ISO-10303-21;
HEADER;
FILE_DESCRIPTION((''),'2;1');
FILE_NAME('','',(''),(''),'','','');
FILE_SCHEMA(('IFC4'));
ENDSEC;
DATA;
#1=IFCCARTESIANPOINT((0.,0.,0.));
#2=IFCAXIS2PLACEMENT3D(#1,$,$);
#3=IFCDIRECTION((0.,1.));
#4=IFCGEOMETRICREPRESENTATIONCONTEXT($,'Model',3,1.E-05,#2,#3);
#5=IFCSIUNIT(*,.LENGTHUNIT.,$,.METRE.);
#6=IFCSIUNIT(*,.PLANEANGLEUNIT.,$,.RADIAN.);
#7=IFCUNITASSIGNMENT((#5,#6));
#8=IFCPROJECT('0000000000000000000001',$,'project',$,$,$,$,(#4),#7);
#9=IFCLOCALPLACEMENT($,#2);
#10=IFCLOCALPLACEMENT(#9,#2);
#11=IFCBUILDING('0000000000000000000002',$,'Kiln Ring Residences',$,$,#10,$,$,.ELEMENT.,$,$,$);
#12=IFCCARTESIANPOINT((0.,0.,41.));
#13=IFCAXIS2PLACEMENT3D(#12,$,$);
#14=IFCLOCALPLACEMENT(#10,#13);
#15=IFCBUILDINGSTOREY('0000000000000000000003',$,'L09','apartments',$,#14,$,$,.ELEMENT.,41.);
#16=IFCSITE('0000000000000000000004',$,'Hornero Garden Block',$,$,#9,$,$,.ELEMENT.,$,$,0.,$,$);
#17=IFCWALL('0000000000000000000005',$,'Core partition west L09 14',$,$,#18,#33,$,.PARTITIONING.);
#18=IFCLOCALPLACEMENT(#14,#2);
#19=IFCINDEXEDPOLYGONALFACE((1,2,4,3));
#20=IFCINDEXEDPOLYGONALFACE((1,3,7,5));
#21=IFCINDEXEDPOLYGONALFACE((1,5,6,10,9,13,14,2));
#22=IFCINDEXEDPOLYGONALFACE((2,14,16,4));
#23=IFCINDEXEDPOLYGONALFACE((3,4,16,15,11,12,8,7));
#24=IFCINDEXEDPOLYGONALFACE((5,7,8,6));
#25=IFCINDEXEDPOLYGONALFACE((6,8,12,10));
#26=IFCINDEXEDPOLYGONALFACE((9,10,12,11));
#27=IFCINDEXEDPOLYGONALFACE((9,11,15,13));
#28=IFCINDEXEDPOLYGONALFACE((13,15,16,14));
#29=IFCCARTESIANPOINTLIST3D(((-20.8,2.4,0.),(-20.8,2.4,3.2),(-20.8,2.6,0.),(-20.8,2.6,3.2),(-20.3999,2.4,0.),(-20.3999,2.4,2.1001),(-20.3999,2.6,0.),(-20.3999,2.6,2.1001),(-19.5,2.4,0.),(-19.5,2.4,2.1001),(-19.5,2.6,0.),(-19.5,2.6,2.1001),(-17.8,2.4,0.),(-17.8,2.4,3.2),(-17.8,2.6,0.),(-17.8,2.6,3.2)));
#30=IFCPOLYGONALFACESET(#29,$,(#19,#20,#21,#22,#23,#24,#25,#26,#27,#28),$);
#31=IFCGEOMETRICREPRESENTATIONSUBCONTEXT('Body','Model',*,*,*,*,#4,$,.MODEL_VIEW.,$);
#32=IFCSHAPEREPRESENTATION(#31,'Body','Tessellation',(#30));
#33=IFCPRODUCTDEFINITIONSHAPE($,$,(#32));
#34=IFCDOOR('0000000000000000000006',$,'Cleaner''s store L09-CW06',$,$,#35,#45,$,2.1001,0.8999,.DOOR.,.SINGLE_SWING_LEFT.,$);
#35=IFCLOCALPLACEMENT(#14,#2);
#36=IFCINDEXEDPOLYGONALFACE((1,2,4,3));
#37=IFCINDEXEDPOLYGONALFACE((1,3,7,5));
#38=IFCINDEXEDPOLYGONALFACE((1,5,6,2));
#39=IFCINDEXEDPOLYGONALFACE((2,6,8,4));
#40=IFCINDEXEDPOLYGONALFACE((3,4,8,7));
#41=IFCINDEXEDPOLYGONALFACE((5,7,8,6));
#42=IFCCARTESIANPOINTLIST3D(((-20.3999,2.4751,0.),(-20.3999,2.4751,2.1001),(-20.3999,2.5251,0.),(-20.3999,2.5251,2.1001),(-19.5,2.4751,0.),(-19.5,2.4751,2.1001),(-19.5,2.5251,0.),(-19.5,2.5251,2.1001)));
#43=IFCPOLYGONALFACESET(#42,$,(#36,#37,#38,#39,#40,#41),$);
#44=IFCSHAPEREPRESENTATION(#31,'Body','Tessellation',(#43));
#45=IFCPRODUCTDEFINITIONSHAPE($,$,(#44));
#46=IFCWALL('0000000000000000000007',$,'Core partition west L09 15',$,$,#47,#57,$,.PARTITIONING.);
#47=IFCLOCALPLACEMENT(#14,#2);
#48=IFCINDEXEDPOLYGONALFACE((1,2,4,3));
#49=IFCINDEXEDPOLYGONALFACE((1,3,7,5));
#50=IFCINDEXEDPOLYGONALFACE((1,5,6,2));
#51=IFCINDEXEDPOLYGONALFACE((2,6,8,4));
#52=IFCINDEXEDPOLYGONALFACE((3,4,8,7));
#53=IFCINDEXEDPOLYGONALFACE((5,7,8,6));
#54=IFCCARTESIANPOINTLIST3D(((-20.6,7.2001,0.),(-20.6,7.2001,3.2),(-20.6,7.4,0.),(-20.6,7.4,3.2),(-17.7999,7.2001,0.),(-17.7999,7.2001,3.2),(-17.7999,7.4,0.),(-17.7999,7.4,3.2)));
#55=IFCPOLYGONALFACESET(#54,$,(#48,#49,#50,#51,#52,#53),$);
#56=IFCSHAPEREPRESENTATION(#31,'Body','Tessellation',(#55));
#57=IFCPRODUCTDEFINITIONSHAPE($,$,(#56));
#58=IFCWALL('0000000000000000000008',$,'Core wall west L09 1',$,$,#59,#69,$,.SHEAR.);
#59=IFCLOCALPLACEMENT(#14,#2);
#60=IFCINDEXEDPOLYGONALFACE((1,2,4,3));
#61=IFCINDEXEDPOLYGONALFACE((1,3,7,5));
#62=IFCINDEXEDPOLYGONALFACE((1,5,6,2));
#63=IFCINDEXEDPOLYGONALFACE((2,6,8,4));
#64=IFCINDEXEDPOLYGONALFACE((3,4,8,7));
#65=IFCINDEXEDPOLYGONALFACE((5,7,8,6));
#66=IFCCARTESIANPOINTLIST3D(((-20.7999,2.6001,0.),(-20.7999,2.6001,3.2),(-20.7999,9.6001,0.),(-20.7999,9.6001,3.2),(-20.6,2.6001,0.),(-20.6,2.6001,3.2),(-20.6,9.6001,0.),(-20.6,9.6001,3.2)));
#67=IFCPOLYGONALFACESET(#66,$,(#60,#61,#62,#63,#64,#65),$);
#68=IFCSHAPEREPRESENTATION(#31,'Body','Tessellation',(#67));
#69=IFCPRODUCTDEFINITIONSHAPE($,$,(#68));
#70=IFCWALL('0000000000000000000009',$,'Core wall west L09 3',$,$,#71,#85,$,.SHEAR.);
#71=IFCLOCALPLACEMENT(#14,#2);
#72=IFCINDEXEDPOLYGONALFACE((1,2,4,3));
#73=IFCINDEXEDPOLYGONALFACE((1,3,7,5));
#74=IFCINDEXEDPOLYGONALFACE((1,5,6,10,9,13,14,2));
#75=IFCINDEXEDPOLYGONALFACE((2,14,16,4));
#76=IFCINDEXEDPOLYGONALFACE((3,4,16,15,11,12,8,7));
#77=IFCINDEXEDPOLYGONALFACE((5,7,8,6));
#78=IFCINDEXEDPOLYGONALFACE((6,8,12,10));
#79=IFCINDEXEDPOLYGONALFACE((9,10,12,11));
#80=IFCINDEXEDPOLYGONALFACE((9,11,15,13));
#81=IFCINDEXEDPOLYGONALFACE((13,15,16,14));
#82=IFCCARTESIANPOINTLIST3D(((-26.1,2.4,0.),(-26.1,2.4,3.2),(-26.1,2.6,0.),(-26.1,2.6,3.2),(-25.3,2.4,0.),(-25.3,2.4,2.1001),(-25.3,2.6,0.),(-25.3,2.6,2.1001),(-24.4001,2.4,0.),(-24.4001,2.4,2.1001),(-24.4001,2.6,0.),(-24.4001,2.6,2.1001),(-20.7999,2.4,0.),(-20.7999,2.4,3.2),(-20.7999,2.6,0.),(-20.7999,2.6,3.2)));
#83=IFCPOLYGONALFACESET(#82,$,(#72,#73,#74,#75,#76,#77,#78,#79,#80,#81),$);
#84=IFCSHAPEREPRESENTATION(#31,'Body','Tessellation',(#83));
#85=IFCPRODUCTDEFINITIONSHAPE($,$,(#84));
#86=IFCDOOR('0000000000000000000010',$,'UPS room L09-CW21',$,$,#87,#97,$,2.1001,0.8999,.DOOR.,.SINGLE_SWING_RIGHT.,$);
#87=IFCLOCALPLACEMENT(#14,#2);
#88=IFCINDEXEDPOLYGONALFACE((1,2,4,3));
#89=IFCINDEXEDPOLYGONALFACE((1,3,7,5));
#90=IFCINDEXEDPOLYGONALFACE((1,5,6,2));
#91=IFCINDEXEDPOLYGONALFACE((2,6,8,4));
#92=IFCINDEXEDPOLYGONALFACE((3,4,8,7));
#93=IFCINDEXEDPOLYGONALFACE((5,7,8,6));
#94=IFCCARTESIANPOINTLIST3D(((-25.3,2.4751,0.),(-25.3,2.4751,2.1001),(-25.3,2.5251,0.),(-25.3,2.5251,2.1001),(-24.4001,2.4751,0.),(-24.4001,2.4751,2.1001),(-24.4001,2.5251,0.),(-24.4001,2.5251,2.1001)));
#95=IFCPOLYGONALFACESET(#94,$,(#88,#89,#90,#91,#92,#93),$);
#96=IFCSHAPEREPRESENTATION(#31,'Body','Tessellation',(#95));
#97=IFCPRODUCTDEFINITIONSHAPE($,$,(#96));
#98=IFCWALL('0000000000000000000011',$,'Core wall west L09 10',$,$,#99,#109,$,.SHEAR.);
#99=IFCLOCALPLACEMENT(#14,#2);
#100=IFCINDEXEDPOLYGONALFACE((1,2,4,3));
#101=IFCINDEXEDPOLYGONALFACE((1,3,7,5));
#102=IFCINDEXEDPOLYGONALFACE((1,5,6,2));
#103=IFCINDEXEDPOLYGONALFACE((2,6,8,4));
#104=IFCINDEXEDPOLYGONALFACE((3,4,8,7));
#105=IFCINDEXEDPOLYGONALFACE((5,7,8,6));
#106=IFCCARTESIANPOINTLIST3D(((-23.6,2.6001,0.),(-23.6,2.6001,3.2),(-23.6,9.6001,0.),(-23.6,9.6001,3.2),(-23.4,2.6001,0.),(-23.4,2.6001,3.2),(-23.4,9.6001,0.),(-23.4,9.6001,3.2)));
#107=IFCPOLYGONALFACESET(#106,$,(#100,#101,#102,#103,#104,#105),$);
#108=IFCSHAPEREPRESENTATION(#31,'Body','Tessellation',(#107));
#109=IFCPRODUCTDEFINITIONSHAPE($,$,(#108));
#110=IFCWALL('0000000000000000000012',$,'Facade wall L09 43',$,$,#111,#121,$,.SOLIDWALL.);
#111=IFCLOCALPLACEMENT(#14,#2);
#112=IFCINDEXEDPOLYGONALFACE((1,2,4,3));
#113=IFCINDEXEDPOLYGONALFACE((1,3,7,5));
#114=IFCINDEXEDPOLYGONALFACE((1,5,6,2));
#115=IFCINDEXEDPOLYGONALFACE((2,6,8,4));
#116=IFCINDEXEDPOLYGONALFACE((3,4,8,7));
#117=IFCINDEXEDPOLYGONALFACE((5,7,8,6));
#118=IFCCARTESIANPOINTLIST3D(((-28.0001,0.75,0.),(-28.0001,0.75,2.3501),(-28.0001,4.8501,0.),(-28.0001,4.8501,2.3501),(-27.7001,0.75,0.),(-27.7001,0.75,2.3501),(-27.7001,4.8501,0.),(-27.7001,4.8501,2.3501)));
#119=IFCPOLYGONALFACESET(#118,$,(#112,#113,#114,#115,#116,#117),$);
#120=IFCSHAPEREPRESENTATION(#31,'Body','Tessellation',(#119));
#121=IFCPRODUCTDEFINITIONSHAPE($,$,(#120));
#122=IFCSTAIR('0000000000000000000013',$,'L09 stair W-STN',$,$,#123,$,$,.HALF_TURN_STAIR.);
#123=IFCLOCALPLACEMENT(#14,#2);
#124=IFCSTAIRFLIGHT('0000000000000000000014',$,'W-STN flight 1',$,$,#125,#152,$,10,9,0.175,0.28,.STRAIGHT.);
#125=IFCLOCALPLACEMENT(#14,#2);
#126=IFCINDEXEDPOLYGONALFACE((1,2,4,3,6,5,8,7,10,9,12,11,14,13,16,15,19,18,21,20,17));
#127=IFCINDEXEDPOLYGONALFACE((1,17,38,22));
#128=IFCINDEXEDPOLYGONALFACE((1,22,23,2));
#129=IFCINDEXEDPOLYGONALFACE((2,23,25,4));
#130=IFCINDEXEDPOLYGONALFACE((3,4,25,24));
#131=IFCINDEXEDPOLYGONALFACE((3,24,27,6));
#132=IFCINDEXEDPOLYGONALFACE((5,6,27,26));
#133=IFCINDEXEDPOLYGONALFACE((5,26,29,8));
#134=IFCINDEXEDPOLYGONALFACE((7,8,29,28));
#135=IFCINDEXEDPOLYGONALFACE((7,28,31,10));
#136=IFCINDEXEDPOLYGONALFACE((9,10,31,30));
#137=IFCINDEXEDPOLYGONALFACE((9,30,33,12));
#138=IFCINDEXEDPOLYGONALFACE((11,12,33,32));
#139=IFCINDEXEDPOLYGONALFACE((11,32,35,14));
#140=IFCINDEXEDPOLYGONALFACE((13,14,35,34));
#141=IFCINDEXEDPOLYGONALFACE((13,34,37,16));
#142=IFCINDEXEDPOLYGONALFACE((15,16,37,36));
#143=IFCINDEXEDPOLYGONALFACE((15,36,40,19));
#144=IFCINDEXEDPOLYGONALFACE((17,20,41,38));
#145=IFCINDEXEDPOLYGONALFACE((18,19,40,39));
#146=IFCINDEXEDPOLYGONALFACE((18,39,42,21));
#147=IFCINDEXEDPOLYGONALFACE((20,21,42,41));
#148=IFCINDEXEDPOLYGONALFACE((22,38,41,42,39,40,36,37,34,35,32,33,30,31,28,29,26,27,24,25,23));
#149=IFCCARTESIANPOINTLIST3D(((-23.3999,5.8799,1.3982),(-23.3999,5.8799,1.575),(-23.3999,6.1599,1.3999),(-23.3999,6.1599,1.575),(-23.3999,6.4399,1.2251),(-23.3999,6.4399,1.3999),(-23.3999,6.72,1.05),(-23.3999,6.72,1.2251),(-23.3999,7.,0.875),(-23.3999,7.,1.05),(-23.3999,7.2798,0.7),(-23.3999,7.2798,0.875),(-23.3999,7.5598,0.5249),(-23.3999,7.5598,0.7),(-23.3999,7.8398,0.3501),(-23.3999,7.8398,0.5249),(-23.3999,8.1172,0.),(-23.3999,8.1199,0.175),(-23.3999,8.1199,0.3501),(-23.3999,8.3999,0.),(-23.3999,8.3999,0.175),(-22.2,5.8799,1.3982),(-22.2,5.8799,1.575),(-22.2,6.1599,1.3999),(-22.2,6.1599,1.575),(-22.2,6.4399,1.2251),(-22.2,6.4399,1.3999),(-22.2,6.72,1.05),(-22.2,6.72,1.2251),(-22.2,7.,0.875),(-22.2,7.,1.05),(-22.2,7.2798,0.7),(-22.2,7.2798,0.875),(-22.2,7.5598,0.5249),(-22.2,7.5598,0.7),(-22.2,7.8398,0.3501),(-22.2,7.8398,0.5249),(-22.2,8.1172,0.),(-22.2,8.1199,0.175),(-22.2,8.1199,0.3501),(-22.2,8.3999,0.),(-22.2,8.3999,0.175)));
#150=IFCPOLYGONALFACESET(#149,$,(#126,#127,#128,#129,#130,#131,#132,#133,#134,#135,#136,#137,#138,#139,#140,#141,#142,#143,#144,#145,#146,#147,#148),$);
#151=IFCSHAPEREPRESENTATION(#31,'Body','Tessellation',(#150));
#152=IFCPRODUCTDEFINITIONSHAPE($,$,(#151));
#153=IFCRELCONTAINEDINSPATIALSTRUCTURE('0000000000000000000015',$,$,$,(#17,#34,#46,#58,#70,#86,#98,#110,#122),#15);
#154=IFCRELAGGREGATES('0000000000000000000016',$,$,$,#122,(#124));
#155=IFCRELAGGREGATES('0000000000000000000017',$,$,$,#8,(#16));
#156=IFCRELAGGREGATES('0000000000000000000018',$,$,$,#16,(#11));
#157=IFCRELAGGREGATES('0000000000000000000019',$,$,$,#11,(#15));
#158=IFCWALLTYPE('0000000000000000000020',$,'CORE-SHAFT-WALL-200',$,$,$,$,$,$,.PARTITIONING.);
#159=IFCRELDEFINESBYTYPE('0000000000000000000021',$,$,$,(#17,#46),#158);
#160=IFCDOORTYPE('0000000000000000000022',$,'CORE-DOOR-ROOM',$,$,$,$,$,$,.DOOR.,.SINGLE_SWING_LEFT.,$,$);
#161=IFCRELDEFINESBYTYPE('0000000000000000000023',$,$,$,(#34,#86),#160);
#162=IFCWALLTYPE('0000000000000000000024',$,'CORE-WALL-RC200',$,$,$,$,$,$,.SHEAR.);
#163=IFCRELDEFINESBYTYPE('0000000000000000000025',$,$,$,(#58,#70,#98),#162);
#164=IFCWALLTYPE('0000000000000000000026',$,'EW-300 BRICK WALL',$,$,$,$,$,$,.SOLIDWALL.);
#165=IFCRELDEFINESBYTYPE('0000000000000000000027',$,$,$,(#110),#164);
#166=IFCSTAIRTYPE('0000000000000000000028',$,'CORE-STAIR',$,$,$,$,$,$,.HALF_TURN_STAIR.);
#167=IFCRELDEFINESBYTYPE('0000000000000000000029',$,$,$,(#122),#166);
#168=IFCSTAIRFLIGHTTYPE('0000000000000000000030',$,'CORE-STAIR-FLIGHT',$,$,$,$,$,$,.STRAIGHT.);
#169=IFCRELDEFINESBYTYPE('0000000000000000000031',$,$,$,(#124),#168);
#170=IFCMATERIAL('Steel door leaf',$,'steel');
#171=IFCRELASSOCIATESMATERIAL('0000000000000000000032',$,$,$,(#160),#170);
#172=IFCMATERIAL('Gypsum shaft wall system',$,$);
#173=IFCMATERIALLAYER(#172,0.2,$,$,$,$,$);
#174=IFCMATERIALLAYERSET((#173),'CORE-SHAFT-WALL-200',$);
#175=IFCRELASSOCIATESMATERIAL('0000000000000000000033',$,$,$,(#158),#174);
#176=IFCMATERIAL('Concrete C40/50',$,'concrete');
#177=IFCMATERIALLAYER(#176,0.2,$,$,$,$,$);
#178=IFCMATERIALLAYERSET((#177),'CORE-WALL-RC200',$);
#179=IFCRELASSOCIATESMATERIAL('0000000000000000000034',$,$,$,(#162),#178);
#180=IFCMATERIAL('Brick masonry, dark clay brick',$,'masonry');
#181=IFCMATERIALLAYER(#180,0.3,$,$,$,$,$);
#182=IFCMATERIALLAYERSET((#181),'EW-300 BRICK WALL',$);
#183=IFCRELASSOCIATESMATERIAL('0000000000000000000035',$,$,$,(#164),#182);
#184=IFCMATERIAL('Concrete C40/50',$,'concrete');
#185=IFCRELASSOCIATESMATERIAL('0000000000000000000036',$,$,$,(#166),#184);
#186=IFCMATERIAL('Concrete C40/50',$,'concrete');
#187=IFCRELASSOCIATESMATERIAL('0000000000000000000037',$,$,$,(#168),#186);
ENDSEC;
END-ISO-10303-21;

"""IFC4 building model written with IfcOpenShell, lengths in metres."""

from ifc_helpers import new_model, si_unit, direction, frame, frame_2d, origin, place, context, subcontext, project, spatial, polyline, rectangle, outline, extrude, material, layer, layer_set, type_object, element, fill, aggregate, save


model = new_model("IFC4")

# Units and contexts
model_context = context("Model", 3, precision=1e-05, world=origin(), true_north=direction((0.0, 1.0)))
body_context = subcontext(model_context, "Body", "Model", "MODEL_VIEW")
ifc_project = project(units=[si_unit("LENGTHUNIT", "METRE"), si_unit("PLANEANGLEUNIT", "RADIAN")], contexts=[model_context])

# Site, building, storey
site_placement = place(None, origin())
site = spatial("IfcSite", under=ifc_project, at=site_placement, Name="Hornero Garden Block", CompositionType="ELEMENT", RefElevation=0.0)
building_placement = place(site_placement, origin())
building = spatial("IfcBuilding", under=site, at=building_placement, Name="Kiln Ring Residences", CompositionType="ELEMENT")
storey_placement = place(building_placement, frame((0.0, 0.0, 41.0)))
storey = spatial("IfcBuildingStorey", under=building, at=storey_placement, Name="L09", Description="apartments", CompositionType="ELEMENT", Elevation=41.0)

# Shared definitions
ifc_material_1 = material(Name="Steel door leaf", Category="steel")
door_type = type_object("IfcDoorType", Name="CORE-DOOR-ROOM", OperationType="SINGLE_SWING_LEFT", PredefinedType="DOOR", material=ifc_material_1)

# Shared definitions
ifc_material_2 = material(Name="Gypsum shaft wall system")
ifc_layer_1 = layer(ifc_material_2, 0.2)
ifc_layer_set_1 = layer_set([ifc_layer_1], Name="CORE-SHAFT-WALL-200")
wall_type_1 = type_object("IfcWallType", Name="CORE-SHAFT-WALL-200", PredefinedType="PARTITIONING", material=ifc_layer_set_1)

# Wall, opening, door
wall_1_placement = place(storey_placement, frame((-17.8, 2.5, 0.0), z_axis=(0.0, 0.0, 1.0), x_axis=(-1.0, 0.0, 0.0)))
wall_1 = element("IfcWall", 1, at=wall_1_placement, inside=storey, type_object=wall_type_1, Name="Core partition west L09 14", PredefinedType="PARTITIONING", context=body_context, shape_type="SweptSolid", body=[
    extrude(rectangle(XDim=3.0, YDim=0.2, at=frame_2d((1.5, 0.0))), origin(), (0.0, 0.0, 1.0), 3.2),
])
opening_1_placement = place(wall_1_placement, frame((1.7, 0.0, 0.0)))
opening_1 = element("IfcOpeningElement", 2, at=opening_1_placement, cuts=wall_1, PredefinedType="OPENING", context=body_context, shape_type="SweptSolid", body=[
    extrude(rectangle(XDim=0.8999, YDim=2.1001, at=frame_2d((0.45, 1.05))), frame((0.0, 0.1099, 0.0), z_axis=(0.0, -1.0, 0.0), x_axis=(1.0, 0.0, 0.0)), (0.0, 0.0, 1.0), 0.22),
])
door_1_placement = place(opening_1_placement, origin())
door_1 = element("IfcDoor", 3, at=door_1_placement, inside=storey, type_object=door_type, Name="Cleaner's store L09-CW06", OperationType="SINGLE_SWING_LEFT", OverallHeight=2.1001, OverallWidth=0.8999, PredefinedType="DOOR", context=body_context, shape_type="SweptSolid", body=[
    extrude(rectangle(XDim=0.8999, YDim=2.1001, at=frame_2d((0.45, 1.05))), frame((0.0, 0.0249, 0.0), z_axis=(0.0, -1.0, 0.0), x_axis=(1.0, 0.0, 0.0)), (0.0, 0.0, 1.0), 0.05),
])
fill(opening_1, door_1)

# Walls
wall_2_placement = place(storey_placement, frame((-17.8, 7.3, 0.0), z_axis=(0.0, 0.0, 1.0), x_axis=(-1.0, 0.0, 0.0)))
element("IfcWall", 4, at=wall_2_placement, inside=storey, type_object=wall_type_1, Name="Core partition west L09 15", PredefinedType="PARTITIONING", context=body_context, shape_type="SweptSolid", body=[
    extrude(rectangle(XDim=2.8, YDim=0.2, at=frame_2d((1.3999, 0.0))), origin(), (0.0, 0.0, 1.0), 3.2),
])
ifc_material_3 = material(Name="Concrete C40/50", Category="concrete")
ifc_layer_2 = layer(ifc_material_3, 0.2)
ifc_layer_set_2 = layer_set([ifc_layer_2], Name="CORE-WALL-RC200")
wall_type_2 = type_object("IfcWallType", Name="CORE-WALL-RC200", PredefinedType="SHEAR", material=ifc_layer_set_2)
wall_3_placement = place(storey_placement, frame((-20.7, 2.6001, 0.0), z_axis=(0.0, 0.0, 1.0), x_axis=(0.0, 1.0, 0.0)))
element("IfcWall", 5, at=wall_3_placement, inside=storey, type_object=wall_type_2, Name="Core wall west L09 1", PredefinedType="SHEAR", context=body_context, shape_type="SweptSolid", body=[
    extrude(rectangle(XDim=7.0, YDim=0.2, at=frame_2d((3.5, 0.0))), origin(), (0.0, 0.0, 1.0), 3.2),
])

# Wall, opening, door
wall_4_placement = place(storey_placement, frame((-20.8, 2.5, 0.0), z_axis=(0.0, 0.0, 1.0), x_axis=(-1.0, 0.0, 0.0)))
wall_4 = element("IfcWall", 6, at=wall_4_placement, inside=storey, type_object=wall_type_2, Name="Core wall west L09 3", PredefinedType="SHEAR", context=body_context, shape_type="SweptSolid", body=[
    extrude(rectangle(XDim=5.3, YDim=0.2, at=frame_2d((2.6499, 0.0))), origin(), (0.0, 0.0, 1.0), 3.2),
])
opening_2_placement = place(wall_4_placement, frame((3.6001, 0.0, 0.0)))
opening_2 = element("IfcOpeningElement", 7, at=opening_2_placement, cuts=wall_4, PredefinedType="OPENING", context=body_context, shape_type="SweptSolid", body=[
    extrude(rectangle(XDim=0.8999, YDim=2.1001, at=frame_2d((0.45, 1.05))), frame((0.0, 0.1099, 0.0), z_axis=(0.0, -1.0, 0.0), x_axis=(1.0, 0.0, 0.0)), (0.0, 0.0, 1.0), 0.22),
])
door_2_placement = place(opening_2_placement, origin())
door_2 = element("IfcDoor", 8, at=door_2_placement, inside=storey, type_object=door_type, Name="UPS room L09-CW21", OperationType="SINGLE_SWING_RIGHT", OverallHeight=2.1001, OverallWidth=0.8999, PredefinedType="DOOR", context=body_context, shape_type="SweptSolid", body=[
    extrude(rectangle(XDim=0.8999, YDim=2.1001, at=frame_2d((0.45, 1.05))), frame((0.0, 0.0249, 0.0), z_axis=(0.0, -1.0, 0.0), x_axis=(1.0, 0.0, 0.0)), (0.0, 0.0, 1.0), 0.05),
])
fill(opening_2, door_2)

# Walls
wall_5_placement = place(storey_placement, frame((-23.5, 2.6001, 0.0), z_axis=(0.0, 0.0, 1.0), x_axis=(0.0, 1.0, 0.0)))
element("IfcWall", 9, at=wall_5_placement, inside=storey, type_object=wall_type_2, Name="Core wall west L09 10", PredefinedType="SHEAR", context=body_context, shape_type="SweptSolid", body=[
    extrude(rectangle(XDim=7.0, YDim=0.2, at=frame_2d((3.5, 0.0))), origin(), (0.0, 0.0, 1.0), 3.2),
])
ifc_material_4 = material(Name="Brick masonry, dark clay brick", Category="masonry")
ifc_layer_3 = layer(ifc_material_4, 0.3)
ifc_layer_set_3 = layer_set([ifc_layer_3], Name="EW-300 BRICK WALL")
wall_type_3 = type_object("IfcWallType", Name="EW-300 BRICK WALL", PredefinedType="SOLIDWALL", material=ifc_layer_set_3)
wall_6_placement = place(storey_placement, frame((-27.8501, 4.8501, 0.0), z_axis=(0.0, 0.0, 1.0), x_axis=(0.0, -1.0, 0.0)))
element("IfcWall", 10, at=wall_6_placement, inside=storey, type_object=wall_type_3, Name="Facade wall L09 43", PredefinedType="SOLIDWALL", context=body_context, shape_type="SweptSolid", body=[
    extrude(rectangle(XDim=4.1001, YDim=0.3, at=frame_2d((2.05, 0.0))), origin(), (0.0, 0.0, 1.0), 2.3501),
])

# Stair, stair flight
ifc_material_5 = material(Name="Concrete C40/50", Category="concrete")
stair_type = type_object("IfcStairType", Name="CORE-STAIR", PredefinedType="HALF_TURN_STAIR", material=ifc_material_5)
stair_placement = place(storey_placement, origin())
stair = element("IfcStair", 11, at=stair_placement, inside=storey, type_object=stair_type, Name="L09 stair W-STN", PredefinedType="HALF_TURN_STAIR")
ifc_material_6 = material(Name="Concrete C40/50", Category="concrete")
stair_flight_type = type_object("IfcStairFlightType", Name="CORE-STAIR-FLIGHT", PredefinedType="STRAIGHT", material=ifc_material_6)
stair_flight_1_placement = place(storey_placement, frame((-22.8, 8.3999, 0.0), z_axis=(0.0, 0.0, 1.0), x_axis=(0.0, -1.0, 0.0)))
stair_flight_1 = element("IfcStairFlight", 12, at=stair_flight_1_placement, type_object=stair_flight_type, Name="W-STN flight 1", NumberOfRisers=10, NumberOfTreads=9, PredefinedType="STRAIGHT", RiserHeight=0.175, TreadLength=0.28, context=body_context, shape_type="SweptSolid", body=[
    extrude(outline(polyline([(0.0, 0.0), (0.0, 0.175), (0.28, 0.175), (0.28, 0.3501), (0.5601, 0.3501), (0.5601, 0.5249), (0.8401, 0.5249), (0.8401, 0.7), (1.1201, 0.7), (1.1201, 0.875), (1.3999, 0.875), (1.3999, 1.05), (1.6799, 1.05), (1.6799, 1.2251), (1.96, 1.2251), (1.96, 1.3999), (2.24, 1.3999), (2.24, 1.575), (2.52, 1.575), (2.52, 1.75), (2.52, 1.3982), (0.2827, 0.0), (0.0, 0.0)])), frame((0.0, 0.6001, 0.0), z_axis=(0.0, -1.0, 0.0), x_axis=(1.0, 0.0, 0.0)), (0.0, 0.0, 1.0), 1.2),
])
aggregate(stair, [stair_flight_1])

save(model, "model.ifc")
